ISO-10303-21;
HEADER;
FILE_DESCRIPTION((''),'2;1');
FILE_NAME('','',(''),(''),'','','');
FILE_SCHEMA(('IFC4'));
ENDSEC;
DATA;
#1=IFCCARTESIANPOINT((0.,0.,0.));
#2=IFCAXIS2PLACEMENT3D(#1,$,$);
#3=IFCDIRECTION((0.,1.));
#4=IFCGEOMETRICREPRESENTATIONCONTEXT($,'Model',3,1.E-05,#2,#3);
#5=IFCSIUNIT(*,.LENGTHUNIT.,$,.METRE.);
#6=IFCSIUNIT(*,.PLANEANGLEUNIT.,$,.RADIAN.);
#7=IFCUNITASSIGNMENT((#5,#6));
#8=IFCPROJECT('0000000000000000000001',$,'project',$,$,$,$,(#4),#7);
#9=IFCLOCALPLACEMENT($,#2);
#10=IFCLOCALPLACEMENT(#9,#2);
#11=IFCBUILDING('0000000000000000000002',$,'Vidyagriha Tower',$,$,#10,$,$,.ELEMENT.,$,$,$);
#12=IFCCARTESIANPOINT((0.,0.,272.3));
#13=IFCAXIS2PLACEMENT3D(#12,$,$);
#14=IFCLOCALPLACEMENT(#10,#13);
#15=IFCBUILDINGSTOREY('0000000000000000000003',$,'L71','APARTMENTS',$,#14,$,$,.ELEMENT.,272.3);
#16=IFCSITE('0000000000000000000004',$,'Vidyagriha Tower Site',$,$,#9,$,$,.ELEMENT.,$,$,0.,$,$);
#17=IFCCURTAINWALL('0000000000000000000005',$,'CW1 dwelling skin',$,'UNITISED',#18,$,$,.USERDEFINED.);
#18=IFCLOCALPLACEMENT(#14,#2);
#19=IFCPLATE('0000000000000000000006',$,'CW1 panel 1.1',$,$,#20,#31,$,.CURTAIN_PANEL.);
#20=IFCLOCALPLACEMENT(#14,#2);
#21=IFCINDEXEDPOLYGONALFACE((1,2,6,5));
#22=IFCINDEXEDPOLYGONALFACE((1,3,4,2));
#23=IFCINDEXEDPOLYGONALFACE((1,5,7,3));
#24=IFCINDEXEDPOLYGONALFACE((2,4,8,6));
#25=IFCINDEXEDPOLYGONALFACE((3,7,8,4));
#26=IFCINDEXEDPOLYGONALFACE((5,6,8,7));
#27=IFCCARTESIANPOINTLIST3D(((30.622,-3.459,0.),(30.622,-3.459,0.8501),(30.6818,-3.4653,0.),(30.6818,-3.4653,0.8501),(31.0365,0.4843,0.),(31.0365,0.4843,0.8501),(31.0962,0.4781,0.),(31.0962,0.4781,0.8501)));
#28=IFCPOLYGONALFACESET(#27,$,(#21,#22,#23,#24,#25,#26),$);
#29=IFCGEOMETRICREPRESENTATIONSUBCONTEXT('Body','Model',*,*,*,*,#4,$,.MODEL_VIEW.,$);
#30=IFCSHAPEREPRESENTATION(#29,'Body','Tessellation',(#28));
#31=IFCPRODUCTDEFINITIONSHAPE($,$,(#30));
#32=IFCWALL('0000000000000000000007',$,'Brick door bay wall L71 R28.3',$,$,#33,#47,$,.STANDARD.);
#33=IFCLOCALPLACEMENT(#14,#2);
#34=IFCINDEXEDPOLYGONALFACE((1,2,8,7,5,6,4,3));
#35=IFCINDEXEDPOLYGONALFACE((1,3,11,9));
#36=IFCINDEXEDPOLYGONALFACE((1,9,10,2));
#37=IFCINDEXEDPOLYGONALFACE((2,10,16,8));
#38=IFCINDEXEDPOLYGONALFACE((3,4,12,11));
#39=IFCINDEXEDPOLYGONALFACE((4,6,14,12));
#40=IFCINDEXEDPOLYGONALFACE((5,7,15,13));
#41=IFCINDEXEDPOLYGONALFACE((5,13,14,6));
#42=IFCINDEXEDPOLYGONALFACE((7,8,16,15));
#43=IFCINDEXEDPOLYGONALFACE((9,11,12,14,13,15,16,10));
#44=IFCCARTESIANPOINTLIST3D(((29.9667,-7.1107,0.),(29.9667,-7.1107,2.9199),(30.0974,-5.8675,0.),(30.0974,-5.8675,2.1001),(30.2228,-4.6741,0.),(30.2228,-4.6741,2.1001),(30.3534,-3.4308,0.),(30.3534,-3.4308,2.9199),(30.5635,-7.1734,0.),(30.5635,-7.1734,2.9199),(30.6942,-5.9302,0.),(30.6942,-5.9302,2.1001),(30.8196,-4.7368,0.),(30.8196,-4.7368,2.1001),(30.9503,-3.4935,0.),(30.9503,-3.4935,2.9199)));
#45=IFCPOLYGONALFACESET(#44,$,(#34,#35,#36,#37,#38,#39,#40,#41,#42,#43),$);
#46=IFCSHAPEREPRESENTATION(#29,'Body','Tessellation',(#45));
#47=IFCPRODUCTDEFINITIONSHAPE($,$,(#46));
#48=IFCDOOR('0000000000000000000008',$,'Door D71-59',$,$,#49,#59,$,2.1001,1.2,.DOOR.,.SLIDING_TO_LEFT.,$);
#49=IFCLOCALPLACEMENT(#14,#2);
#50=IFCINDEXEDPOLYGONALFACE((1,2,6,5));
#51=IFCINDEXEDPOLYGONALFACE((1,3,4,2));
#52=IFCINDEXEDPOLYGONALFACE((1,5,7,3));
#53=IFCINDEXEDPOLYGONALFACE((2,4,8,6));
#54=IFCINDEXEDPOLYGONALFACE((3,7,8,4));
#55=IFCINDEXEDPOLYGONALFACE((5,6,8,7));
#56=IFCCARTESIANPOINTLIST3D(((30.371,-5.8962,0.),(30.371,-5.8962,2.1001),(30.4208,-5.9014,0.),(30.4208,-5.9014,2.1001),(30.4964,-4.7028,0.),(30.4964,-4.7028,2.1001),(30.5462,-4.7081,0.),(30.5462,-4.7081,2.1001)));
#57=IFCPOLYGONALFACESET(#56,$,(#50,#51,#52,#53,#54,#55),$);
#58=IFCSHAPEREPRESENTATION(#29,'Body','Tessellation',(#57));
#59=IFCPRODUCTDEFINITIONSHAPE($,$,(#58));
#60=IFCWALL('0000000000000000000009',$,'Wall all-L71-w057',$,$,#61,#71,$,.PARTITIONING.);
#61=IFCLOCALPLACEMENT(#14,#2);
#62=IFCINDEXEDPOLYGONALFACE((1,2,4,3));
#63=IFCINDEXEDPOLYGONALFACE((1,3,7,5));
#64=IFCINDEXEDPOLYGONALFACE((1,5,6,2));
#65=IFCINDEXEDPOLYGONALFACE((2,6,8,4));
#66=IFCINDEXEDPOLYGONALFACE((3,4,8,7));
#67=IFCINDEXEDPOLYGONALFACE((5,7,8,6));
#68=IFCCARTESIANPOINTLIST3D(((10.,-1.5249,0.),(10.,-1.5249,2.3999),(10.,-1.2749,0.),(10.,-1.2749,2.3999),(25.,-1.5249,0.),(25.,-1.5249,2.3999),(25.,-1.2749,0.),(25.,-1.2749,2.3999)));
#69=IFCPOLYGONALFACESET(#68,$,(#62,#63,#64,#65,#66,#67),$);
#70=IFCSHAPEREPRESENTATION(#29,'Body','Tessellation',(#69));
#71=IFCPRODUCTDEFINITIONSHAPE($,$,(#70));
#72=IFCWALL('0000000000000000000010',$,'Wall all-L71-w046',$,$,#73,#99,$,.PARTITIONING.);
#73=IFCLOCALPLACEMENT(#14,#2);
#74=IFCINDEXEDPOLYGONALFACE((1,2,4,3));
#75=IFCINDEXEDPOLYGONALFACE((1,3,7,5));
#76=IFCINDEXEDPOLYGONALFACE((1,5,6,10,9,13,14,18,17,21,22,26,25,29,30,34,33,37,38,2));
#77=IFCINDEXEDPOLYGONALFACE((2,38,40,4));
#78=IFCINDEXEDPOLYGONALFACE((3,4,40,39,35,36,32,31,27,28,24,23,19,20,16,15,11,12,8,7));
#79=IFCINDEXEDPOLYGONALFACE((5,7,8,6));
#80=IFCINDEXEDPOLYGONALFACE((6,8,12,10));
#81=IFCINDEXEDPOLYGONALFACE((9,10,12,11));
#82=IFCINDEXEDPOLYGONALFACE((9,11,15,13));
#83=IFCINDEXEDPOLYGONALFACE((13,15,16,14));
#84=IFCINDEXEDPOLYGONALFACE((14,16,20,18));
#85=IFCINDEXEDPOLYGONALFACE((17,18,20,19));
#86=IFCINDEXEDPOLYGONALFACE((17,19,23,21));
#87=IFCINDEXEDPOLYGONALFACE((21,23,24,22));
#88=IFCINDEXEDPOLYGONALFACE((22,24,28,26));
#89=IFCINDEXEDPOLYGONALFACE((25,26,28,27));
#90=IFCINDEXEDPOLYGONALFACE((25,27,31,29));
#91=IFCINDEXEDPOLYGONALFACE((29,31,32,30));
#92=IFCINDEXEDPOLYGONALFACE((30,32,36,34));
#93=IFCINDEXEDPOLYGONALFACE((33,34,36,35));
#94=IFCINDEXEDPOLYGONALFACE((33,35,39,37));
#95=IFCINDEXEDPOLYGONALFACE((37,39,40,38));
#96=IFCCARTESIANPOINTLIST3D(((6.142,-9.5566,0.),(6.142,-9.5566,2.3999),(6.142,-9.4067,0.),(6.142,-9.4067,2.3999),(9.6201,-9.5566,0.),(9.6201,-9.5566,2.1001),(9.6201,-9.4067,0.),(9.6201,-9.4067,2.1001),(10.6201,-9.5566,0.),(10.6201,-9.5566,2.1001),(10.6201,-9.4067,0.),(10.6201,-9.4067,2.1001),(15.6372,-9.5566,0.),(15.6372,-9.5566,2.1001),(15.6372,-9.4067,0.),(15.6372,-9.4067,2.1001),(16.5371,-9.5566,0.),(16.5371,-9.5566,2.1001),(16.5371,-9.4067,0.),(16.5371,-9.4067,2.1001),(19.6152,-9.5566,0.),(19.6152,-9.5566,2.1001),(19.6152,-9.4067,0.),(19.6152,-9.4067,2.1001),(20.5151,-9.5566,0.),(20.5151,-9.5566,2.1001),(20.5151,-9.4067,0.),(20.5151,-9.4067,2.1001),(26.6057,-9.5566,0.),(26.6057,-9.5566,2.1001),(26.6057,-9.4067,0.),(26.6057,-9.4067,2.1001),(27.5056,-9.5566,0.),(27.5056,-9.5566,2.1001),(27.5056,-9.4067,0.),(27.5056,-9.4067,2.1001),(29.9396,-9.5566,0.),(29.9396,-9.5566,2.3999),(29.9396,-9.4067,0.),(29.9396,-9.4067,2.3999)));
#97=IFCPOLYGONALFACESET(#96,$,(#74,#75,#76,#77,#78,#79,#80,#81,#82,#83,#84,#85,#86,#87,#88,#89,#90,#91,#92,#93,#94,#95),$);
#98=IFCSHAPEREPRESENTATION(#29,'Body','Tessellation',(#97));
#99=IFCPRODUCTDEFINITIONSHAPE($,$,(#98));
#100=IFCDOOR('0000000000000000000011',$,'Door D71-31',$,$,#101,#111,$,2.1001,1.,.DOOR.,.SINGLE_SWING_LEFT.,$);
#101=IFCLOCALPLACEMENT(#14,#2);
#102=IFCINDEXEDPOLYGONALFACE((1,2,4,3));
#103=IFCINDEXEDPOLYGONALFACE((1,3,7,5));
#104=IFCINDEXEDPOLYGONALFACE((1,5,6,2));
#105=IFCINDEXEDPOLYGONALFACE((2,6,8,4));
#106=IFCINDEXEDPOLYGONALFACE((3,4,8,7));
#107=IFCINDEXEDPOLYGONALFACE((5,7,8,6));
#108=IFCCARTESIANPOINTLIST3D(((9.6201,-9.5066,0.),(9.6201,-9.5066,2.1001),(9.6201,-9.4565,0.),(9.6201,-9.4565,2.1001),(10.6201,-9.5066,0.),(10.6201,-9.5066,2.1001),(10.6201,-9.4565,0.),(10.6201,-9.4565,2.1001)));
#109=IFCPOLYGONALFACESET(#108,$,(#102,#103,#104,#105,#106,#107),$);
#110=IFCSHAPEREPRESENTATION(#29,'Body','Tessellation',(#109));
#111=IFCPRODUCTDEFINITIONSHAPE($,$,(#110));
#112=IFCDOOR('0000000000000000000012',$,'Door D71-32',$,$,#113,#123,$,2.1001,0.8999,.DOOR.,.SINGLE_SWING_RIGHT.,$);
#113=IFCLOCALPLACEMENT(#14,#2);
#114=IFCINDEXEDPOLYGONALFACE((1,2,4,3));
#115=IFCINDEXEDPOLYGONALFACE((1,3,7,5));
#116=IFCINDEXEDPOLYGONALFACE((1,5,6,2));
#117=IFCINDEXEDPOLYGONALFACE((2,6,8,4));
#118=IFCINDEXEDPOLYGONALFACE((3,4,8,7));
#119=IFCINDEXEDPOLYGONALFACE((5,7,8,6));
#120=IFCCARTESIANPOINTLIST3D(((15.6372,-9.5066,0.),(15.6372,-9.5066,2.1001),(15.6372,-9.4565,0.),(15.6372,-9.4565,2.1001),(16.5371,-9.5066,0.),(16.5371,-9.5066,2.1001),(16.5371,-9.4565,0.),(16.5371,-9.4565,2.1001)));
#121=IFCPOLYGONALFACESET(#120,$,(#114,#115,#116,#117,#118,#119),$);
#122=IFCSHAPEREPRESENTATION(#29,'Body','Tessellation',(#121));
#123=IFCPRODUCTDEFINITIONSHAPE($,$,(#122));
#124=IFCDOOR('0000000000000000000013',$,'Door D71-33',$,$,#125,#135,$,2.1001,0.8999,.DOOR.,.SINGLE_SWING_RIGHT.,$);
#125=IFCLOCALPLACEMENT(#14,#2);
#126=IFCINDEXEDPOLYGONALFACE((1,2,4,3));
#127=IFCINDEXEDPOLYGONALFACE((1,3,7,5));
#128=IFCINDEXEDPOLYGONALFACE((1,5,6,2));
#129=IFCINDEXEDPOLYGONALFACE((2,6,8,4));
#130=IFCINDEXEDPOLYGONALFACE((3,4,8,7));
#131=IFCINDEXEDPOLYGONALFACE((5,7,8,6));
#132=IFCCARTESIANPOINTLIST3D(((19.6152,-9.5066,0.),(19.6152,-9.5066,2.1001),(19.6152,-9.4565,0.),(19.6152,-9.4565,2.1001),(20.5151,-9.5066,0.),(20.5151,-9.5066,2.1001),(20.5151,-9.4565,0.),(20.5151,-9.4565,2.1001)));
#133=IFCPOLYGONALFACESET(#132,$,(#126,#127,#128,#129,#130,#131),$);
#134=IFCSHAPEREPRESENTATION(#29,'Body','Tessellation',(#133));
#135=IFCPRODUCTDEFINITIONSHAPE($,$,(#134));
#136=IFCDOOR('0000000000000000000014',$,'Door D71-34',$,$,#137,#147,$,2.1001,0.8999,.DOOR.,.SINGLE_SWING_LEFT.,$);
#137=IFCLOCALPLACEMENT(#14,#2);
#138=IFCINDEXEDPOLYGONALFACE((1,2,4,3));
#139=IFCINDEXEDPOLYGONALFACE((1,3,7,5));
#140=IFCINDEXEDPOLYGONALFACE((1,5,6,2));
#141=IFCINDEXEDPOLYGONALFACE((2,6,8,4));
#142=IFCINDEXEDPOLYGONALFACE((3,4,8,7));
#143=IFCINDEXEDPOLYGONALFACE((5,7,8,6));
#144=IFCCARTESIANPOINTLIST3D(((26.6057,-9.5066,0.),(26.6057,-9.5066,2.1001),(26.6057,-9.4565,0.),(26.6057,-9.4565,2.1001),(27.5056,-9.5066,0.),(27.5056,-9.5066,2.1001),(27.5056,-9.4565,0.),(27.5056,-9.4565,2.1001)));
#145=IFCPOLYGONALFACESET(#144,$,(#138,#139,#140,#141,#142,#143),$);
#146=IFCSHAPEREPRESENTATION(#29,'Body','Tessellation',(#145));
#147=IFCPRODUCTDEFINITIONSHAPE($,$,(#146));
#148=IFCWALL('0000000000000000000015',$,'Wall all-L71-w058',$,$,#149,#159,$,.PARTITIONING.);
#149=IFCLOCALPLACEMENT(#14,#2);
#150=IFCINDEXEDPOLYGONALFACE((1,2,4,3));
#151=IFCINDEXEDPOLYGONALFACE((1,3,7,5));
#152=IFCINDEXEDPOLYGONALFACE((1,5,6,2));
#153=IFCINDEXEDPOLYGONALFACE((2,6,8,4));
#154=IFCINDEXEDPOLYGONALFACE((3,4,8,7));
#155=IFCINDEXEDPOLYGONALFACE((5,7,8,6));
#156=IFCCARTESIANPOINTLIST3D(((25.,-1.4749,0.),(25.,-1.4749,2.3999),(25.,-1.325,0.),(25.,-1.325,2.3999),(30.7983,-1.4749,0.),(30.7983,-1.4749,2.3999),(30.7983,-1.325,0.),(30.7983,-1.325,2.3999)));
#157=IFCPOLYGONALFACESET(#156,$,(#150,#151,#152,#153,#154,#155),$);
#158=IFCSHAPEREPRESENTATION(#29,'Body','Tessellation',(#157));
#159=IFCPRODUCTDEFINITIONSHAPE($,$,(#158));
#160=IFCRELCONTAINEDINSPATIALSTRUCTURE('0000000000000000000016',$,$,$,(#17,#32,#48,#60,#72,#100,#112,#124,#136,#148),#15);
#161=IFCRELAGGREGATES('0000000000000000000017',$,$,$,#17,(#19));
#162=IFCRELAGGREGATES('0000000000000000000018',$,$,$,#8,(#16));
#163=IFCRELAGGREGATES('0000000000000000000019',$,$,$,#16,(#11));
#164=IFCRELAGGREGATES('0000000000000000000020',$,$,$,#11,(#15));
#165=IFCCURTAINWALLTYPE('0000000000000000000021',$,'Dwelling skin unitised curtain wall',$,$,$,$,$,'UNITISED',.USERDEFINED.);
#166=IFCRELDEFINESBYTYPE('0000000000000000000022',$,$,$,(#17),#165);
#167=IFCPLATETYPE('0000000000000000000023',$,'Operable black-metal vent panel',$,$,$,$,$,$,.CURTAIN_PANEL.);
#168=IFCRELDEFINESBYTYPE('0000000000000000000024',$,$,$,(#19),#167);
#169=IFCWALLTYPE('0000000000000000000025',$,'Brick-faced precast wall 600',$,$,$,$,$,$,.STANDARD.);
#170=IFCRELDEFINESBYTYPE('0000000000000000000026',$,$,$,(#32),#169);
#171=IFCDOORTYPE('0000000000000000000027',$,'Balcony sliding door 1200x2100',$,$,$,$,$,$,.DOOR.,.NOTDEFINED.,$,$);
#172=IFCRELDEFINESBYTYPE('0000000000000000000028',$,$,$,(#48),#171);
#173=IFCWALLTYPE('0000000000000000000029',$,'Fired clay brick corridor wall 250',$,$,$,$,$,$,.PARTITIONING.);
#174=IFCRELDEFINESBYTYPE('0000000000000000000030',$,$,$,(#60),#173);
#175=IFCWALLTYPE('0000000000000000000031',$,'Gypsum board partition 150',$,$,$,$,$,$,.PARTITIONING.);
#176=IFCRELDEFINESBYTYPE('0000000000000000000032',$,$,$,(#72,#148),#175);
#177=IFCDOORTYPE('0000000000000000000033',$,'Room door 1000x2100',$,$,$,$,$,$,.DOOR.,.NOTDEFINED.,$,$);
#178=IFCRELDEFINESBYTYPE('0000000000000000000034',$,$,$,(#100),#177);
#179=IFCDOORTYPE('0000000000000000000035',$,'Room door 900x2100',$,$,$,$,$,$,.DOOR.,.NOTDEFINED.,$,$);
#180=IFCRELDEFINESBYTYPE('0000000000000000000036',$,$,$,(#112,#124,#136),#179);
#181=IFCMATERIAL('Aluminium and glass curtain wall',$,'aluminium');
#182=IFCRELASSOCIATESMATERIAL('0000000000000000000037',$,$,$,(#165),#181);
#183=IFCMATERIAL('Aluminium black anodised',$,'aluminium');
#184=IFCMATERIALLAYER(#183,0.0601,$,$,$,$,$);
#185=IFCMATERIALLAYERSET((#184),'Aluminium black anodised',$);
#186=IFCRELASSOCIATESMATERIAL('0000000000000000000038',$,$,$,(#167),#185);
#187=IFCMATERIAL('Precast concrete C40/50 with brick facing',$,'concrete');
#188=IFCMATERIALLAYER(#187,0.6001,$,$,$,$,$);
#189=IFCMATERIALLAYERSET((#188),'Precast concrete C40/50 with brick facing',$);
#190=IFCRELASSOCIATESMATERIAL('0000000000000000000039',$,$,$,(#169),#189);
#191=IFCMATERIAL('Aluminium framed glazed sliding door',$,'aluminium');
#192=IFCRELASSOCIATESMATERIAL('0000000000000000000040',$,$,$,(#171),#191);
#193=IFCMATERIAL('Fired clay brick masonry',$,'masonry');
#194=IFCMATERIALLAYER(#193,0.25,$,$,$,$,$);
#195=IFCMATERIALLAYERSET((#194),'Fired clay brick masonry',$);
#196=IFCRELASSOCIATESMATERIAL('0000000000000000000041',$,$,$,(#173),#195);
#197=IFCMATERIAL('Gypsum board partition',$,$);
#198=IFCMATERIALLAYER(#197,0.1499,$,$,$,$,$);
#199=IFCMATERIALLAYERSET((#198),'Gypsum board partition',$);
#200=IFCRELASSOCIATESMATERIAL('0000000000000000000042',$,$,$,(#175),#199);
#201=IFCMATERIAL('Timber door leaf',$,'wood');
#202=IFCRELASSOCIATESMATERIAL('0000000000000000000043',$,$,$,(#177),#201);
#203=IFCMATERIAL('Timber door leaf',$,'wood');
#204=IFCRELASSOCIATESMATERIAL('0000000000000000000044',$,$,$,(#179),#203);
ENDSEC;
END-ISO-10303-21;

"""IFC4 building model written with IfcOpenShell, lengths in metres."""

from ifc_helpers import new_model, si_unit, direction, frame, frame_2d, origin, origin_2d, place, context, subcontext, project, spatial, rectangle, extrude, material, layer, layer_set, type_object, element, fill, aggregate, save


model = new_model("IFC4")

# Units and contexts
model_context = context("Model", 3, precision=1e-05, world=origin(), true_north=direction((0.0, 1.0)))
body_context = subcontext(model_context, "Body", "Model", "MODEL_VIEW")
ifc_project = project(units=[si_unit("LENGTHUNIT", "METRE"), si_unit("PLANEANGLEUNIT", "RADIAN")], contexts=[model_context])

# Site, building, storey
site_placement = place(None, origin())
site = spatial("IfcSite", under=ifc_project, at=site_placement, Name="Vidyagriha Tower Site", CompositionType="ELEMENT", RefElevation=0.0)
building_placement = place(site_placement, origin())
building = spatial("IfcBuilding", under=site, at=building_placement, Name="Vidyagriha Tower", CompositionType="ELEMENT")
storey_placement = place(building_placement, frame((0.0, 0.0, 272.3)))
storey = spatial("IfcBuildingStorey", under=building, at=storey_placement, Name="L71", Description="APARTMENTS", CompositionType="ELEMENT", Elevation=272.3)

# Curtain wall
ifc_material_1 = material(Name="Aluminium and glass curtain wall", Category="aluminium")
curtain_wall_type = type_object("IfcCurtainWallType", Name="Dwelling skin unitised curtain wall", ElementType="UNITISED", PredefinedType="USERDEFINED", material=ifc_material_1)
curtain_wall_1_placement = place(storey_placement, origin())
curtain_wall_1 = element("IfcCurtainWall", 1, at=curtain_wall_1_placement, inside=storey, type_object=curtain_wall_type, Name="CW1 dwelling skin", ObjectType="UNITISED", PredefinedType="USERDEFINED")

# Plate
ifc_material_2 = material(Name="Aluminium black anodised", Category="aluminium")
ifc_layer_1 = layer(ifc_material_2, 0.0601)
ifc_layer_set_1 = layer_set([ifc_layer_1], Name="Aluminium black anodised")
plate_type_1 = type_object("IfcPlateType", Name="Operable black-metal vent panel", PredefinedType="CURTAIN_PANEL", material=ifc_layer_set_1)
plate_1_placement = place(storey_placement, frame((30.8591, -1.4905, 0.0), z_axis=(0.0, 0.0, 1.0), x_axis=(0.10453, 0.994522, 0.0)))
plate_1 = element("IfcPlate", 2, at=plate_1_placement, type_object=plate_type_1, Name="CW1 panel 1.1", PredefinedType="CURTAIN_PANEL", context=body_context, shape_type="SweptSolid", body=[
    extrude(rectangle(XDim=3.9651, YDim=0.0601, at=origin_2d()), origin(), (0.0, 0.0, 1.0), 0.8501),
])
aggregate(curtain_wall_1, [plate_1])

# Wall, opening, door
ifc_material_3 = material(Name="Precast concrete C40/50 with brick facing", Category="concrete")
ifc_layer_2 = layer(ifc_material_3, 0.6001)
ifc_layer_set_2 = layer_set([ifc_layer_2], Name="Precast concrete C40/50 with brick facing")
wall_type_1 = type_object("IfcWallType", Name="Brick-faced precast wall 600", PredefinedType="STANDARD", material=ifc_layer_set_2)
wall_1_placement = place(storey_placement, frame((30.2651, -7.1421, 0.0), z_axis=(0.0, 0.0, 1.0), x_axis=(0.104513, 0.994524, 0.0)))
wall_1 = element("IfcWall", 3, at=wall_1_placement, inside=storey, type_object=wall_type_1, Name="Brick door bay wall L71 R28.3", PredefinedType="STANDARD", context=body_context, shape_type="SweptSolid", body=[
    extrude(rectangle(XDim=3.7002, YDim=0.6001, at=frame_2d((1.8501, 0.0))), origin(), (0.0, 0.0, 1.0), 2.9199),
])
opening_1_placement = place(wall_1_placement, frame((1.25, 0.0, 0.0)))
opening_1 = element("IfcOpeningElement", 4, at=opening_1_placement, cuts=wall_1, PredefinedType="OPENING", context=body_context, shape_type="SweptSolid", body=[
    extrude(rectangle(XDim=1.2, YDim=2.1001, at=frame_2d((0.6001, 1.05))), frame((0.0, 0.3101, 0.0), z_axis=(0.0, -1.0, 0.0), x_axis=(1.0, 0.0, 0.0)), (0.0, 0.0, 1.0), 0.6201),
])
ifc_material_4 = material(Name="Aluminium framed glazed sliding door", Category="aluminium")
door_type_1 = type_object("IfcDoorType", Name="Balcony sliding door 1200x2100", OperationType="NOTDEFINED", PredefinedType="DOOR", material=ifc_material_4)
door_1_placement = place(opening_1_placement, origin())
door_1 = element("IfcDoor", 5, at=door_1_placement, inside=storey, type_object=door_type_1, Name="Door D71-59", OperationType="SLIDING_TO_LEFT", OverallHeight=2.1001, OverallWidth=1.2, PredefinedType="DOOR", context=body_context, shape_type="SweptSolid", body=[
    extrude(rectangle(XDim=1.2, YDim=2.1001, at=frame_2d((0.6001, 1.05))), frame((0.0, 0.0249, 0.0), z_axis=(0.0, -1.0, 0.0), x_axis=(1.0, 0.0, 0.0)), (0.0, 0.0, 1.0), 0.05),
])
fill(opening_1, door_1)

# Wall
ifc_material_5 = material(Name="Fired clay brick masonry", Category="masonry")
ifc_layer_3 = layer(ifc_material_5, 0.25)
ifc_layer_set_3 = layer_set([ifc_layer_3], Name="Fired clay brick masonry")
wall_type_2 = type_object("IfcWallType", Name="Fired clay brick corridor wall 250", PredefinedType="PARTITIONING", material=ifc_layer_set_3)
wall_2_placement = place(storey_placement, frame((25.0, -1.3999, 0.0), z_axis=(0.0, 0.0, 1.0), x_axis=(-1.0, 0.0, 0.0)))
element("IfcWall", 6, at=wall_2_placement, inside=storey, type_object=wall_type_2, Name="Wall all-L71-w057", PredefinedType="PARTITIONING", context=body_context, shape_type="SweptSolid", body=[
    extrude(rectangle(XDim=15.0, YDim=0.25, at=frame_2d((7.5, 0.0))), origin(), (0.0, 0.0, 1.0), 2.3999),
])

# Wall, openings, doors
ifc_material_6 = material(Name="Gypsum board partition")
ifc_layer_4 = layer(ifc_material_6, 0.1499)
ifc_layer_set_4 = layer_set([ifc_layer_4], Name="Gypsum board partition")
wall_type_3 = type_object("IfcWallType", Name="Gypsum board partition 150", PredefinedType="PARTITIONING", material=ifc_layer_set_4)
wall_3_placement = place(storey_placement, frame((29.9397, -9.4817, 0.0), z_axis=(0.0, 0.0, 1.0), x_axis=(-1.0, 0.0, 0.0)))
wall_3 = element("IfcWall", 7, at=wall_3_placement, inside=storey, type_object=wall_type_3, Name="Wall all-L71-w046", PredefinedType="PARTITIONING", context=body_context, shape_type="SweptSolid", body=[
    extrude(rectangle(XDim=23.7976, YDim=0.1499, at=frame_2d((11.8989, 0.0))), origin(), (0.0, 0.0, 1.0), 2.3999),
])
opening_2_placement = place(wall_3_placement, frame((19.3196, 0.0, 0.0)))
opening_2 = element("IfcOpeningElement", 8, at=opening_2_placement, cuts=wall_3, PredefinedType="OPENING", context=body_context, shape_type="SweptSolid", body=[
    extrude(rectangle(XDim=1.0, YDim=2.1001, at=frame_2d((0.5, 1.05))), frame((0.0, 0.085, 0.0), z_axis=(0.0, -1.0, 0.0), x_axis=(1.0, 0.0, 0.0)), (0.0, 0.0, 1.0), 0.1699),
])
opening_3_placement = place(wall_3_placement, frame((13.4026, 0.0, 0.0)))
opening_3 = element("IfcOpeningElement", 9, at=opening_3_placement, cuts=wall_3, PredefinedType="OPENING", context=body_context, shape_type="SweptSolid", body=[
    extrude(rectangle(XDim=0.8999, YDim=2.1001, at=frame_2d((0.45, 1.05))), frame((0.0, 0.085, 0.0), z_axis=(0.0, -1.0, 0.0), x_axis=(1.0, 0.0, 0.0)), (0.0, 0.0, 1.0), 0.1699),
])
opening_4_placement = place(wall_3_placement, frame((9.4246, 0.0, 0.0)))
opening_4 = element("IfcOpeningElement", 10, at=opening_4_placement, cuts=wall_3, PredefinedType="OPENING", context=body_context, shape_type="SweptSolid", body=[
    extrude(rectangle(XDim=0.8999, YDim=2.1001, at=frame_2d((0.45, 1.05))), frame((0.0, 0.085, 0.0), z_axis=(0.0, -1.0, 0.0), x_axis=(1.0, 0.0, 0.0)), (0.0, 0.0, 1.0), 0.1699),
])
opening_5_placement = place(wall_3_placement, frame((2.4341, 0.0, 0.0)))
opening_5 = element("IfcOpeningElement", 11, at=opening_5_placement, cuts=wall_3, PredefinedType="OPENING", context=body_context, shape_type="SweptSolid", body=[
    extrude(rectangle(XDim=0.8999, YDim=2.1001, at=frame_2d((0.45, 1.05))), frame((0.0, 0.085, 0.0), z_axis=(0.0, -1.0, 0.0), x_axis=(1.0, 0.0, 0.0)), (0.0, 0.0, 1.0), 0.1699),
])
ifc_material_7 = material(Name="Timber door leaf", Category="wood")
door_type_2 = type_object("IfcDoorType", Name="Room door 1000x2100", OperationType="NOTDEFINED", PredefinedType="DOOR", material=ifc_material_7)
door_2_placement = place(opening_2_placement, origin())
door_2 = element("IfcDoor", 12, at=door_2_placement, inside=storey, type_object=door_type_2, Name="Door D71-31", OperationType="SINGLE_SWING_LEFT", OverallHeight=2.1001, OverallWidth=1.0, PredefinedType="DOOR", context=body_context, shape_type="SweptSolid", body=[
    extrude(rectangle(XDim=1.0, YDim=2.1001, at=frame_2d((0.5, 1.05))), frame((0.0, 0.0249, 0.0), z_axis=(0.0, -1.0, 0.0), x_axis=(1.0, 0.0, 0.0)), (0.0, 0.0, 1.0), 0.05),
])
fill(opening_2, door_2)
ifc_material_8 = material(Name="Timber door leaf", Category="wood")
door_type_3 = type_object("IfcDoorType", Name="Room door 900x2100", OperationType="NOTDEFINED", PredefinedType="DOOR", material=ifc_material_8)
door_3_placement = place(opening_3_placement, origin())
door_3 = element("IfcDoor", 13, at=door_3_placement, inside=storey, type_object=door_type_3, Name="Door D71-32", OperationType="SINGLE_SWING_RIGHT", OverallHeight=2.1001, OverallWidth=0.8999, PredefinedType="DOOR", context=body_context, shape_type="SweptSolid", body=[
    extrude(rectangle(XDim=0.8999, YDim=2.1001, at=frame_2d((0.45, 1.05))), frame((0.0, 0.0249, 0.0), z_axis=(0.0, -1.0, 0.0), x_axis=(1.0, 0.0, 0.0)), (0.0, 0.0, 1.0), 0.05),
])
fill(opening_3, door_3)
door_4_placement = place(opening_4_placement, origin())
door_4 = element("IfcDoor", 14, at=door_4_placement, inside=storey, type_object=door_type_3, Name="Door D71-33", OperationType="SINGLE_SWING_RIGHT", OverallHeight=2.1001, OverallWidth=0.8999, PredefinedType="DOOR", context=body_context, shape_type="SweptSolid", body=[
    extrude(rectangle(XDim=0.8999, YDim=2.1001, at=frame_2d((0.45, 1.05))), frame((0.0, 0.0249, 0.0), z_axis=(0.0, -1.0, 0.0), x_axis=(1.0, 0.0, 0.0)), (0.0, 0.0, 1.0), 0.05),
])
fill(opening_4, door_4)
door_5_placement = place(opening_5_placement, origin())
door_5 = element("IfcDoor", 15, at=door_5_placement, inside=storey, type_object=door_type_3, Name="Door D71-34", OperationType="SINGLE_SWING_LEFT", OverallHeight=2.1001, OverallWidth=0.8999, PredefinedType="DOOR", context=body_context, shape_type="SweptSolid", body=[
    extrude(rectangle(XDim=0.8999, YDim=2.1001, at=frame_2d((0.45, 1.05))), frame((0.0, 0.0249, 0.0), z_axis=(0.0, -1.0, 0.0), x_axis=(1.0, 0.0, 0.0)), (0.0, 0.0, 1.0), 0.05),
])
fill(opening_5, door_5)

# Wall
wall_4_placement = place(storey_placement, frame((30.7983, -1.3999, 0.0), z_axis=(0.0, 0.0, 1.0), x_axis=(-1.0, 0.0, 0.0)))
element("IfcWall", 16, at=wall_4_placement, inside=storey, type_object=wall_type_3, Name="Wall all-L71-w058", PredefinedType="PARTITIONING", context=body_context, shape_type="SweptSolid", body=[
    extrude(rectangle(XDim=5.7983, YDim=0.1499, at=frame_2d((2.8992, 0.0))), origin(), (0.0, 0.0, 1.0), 2.3999),
])

save(model, "model.ifc")
